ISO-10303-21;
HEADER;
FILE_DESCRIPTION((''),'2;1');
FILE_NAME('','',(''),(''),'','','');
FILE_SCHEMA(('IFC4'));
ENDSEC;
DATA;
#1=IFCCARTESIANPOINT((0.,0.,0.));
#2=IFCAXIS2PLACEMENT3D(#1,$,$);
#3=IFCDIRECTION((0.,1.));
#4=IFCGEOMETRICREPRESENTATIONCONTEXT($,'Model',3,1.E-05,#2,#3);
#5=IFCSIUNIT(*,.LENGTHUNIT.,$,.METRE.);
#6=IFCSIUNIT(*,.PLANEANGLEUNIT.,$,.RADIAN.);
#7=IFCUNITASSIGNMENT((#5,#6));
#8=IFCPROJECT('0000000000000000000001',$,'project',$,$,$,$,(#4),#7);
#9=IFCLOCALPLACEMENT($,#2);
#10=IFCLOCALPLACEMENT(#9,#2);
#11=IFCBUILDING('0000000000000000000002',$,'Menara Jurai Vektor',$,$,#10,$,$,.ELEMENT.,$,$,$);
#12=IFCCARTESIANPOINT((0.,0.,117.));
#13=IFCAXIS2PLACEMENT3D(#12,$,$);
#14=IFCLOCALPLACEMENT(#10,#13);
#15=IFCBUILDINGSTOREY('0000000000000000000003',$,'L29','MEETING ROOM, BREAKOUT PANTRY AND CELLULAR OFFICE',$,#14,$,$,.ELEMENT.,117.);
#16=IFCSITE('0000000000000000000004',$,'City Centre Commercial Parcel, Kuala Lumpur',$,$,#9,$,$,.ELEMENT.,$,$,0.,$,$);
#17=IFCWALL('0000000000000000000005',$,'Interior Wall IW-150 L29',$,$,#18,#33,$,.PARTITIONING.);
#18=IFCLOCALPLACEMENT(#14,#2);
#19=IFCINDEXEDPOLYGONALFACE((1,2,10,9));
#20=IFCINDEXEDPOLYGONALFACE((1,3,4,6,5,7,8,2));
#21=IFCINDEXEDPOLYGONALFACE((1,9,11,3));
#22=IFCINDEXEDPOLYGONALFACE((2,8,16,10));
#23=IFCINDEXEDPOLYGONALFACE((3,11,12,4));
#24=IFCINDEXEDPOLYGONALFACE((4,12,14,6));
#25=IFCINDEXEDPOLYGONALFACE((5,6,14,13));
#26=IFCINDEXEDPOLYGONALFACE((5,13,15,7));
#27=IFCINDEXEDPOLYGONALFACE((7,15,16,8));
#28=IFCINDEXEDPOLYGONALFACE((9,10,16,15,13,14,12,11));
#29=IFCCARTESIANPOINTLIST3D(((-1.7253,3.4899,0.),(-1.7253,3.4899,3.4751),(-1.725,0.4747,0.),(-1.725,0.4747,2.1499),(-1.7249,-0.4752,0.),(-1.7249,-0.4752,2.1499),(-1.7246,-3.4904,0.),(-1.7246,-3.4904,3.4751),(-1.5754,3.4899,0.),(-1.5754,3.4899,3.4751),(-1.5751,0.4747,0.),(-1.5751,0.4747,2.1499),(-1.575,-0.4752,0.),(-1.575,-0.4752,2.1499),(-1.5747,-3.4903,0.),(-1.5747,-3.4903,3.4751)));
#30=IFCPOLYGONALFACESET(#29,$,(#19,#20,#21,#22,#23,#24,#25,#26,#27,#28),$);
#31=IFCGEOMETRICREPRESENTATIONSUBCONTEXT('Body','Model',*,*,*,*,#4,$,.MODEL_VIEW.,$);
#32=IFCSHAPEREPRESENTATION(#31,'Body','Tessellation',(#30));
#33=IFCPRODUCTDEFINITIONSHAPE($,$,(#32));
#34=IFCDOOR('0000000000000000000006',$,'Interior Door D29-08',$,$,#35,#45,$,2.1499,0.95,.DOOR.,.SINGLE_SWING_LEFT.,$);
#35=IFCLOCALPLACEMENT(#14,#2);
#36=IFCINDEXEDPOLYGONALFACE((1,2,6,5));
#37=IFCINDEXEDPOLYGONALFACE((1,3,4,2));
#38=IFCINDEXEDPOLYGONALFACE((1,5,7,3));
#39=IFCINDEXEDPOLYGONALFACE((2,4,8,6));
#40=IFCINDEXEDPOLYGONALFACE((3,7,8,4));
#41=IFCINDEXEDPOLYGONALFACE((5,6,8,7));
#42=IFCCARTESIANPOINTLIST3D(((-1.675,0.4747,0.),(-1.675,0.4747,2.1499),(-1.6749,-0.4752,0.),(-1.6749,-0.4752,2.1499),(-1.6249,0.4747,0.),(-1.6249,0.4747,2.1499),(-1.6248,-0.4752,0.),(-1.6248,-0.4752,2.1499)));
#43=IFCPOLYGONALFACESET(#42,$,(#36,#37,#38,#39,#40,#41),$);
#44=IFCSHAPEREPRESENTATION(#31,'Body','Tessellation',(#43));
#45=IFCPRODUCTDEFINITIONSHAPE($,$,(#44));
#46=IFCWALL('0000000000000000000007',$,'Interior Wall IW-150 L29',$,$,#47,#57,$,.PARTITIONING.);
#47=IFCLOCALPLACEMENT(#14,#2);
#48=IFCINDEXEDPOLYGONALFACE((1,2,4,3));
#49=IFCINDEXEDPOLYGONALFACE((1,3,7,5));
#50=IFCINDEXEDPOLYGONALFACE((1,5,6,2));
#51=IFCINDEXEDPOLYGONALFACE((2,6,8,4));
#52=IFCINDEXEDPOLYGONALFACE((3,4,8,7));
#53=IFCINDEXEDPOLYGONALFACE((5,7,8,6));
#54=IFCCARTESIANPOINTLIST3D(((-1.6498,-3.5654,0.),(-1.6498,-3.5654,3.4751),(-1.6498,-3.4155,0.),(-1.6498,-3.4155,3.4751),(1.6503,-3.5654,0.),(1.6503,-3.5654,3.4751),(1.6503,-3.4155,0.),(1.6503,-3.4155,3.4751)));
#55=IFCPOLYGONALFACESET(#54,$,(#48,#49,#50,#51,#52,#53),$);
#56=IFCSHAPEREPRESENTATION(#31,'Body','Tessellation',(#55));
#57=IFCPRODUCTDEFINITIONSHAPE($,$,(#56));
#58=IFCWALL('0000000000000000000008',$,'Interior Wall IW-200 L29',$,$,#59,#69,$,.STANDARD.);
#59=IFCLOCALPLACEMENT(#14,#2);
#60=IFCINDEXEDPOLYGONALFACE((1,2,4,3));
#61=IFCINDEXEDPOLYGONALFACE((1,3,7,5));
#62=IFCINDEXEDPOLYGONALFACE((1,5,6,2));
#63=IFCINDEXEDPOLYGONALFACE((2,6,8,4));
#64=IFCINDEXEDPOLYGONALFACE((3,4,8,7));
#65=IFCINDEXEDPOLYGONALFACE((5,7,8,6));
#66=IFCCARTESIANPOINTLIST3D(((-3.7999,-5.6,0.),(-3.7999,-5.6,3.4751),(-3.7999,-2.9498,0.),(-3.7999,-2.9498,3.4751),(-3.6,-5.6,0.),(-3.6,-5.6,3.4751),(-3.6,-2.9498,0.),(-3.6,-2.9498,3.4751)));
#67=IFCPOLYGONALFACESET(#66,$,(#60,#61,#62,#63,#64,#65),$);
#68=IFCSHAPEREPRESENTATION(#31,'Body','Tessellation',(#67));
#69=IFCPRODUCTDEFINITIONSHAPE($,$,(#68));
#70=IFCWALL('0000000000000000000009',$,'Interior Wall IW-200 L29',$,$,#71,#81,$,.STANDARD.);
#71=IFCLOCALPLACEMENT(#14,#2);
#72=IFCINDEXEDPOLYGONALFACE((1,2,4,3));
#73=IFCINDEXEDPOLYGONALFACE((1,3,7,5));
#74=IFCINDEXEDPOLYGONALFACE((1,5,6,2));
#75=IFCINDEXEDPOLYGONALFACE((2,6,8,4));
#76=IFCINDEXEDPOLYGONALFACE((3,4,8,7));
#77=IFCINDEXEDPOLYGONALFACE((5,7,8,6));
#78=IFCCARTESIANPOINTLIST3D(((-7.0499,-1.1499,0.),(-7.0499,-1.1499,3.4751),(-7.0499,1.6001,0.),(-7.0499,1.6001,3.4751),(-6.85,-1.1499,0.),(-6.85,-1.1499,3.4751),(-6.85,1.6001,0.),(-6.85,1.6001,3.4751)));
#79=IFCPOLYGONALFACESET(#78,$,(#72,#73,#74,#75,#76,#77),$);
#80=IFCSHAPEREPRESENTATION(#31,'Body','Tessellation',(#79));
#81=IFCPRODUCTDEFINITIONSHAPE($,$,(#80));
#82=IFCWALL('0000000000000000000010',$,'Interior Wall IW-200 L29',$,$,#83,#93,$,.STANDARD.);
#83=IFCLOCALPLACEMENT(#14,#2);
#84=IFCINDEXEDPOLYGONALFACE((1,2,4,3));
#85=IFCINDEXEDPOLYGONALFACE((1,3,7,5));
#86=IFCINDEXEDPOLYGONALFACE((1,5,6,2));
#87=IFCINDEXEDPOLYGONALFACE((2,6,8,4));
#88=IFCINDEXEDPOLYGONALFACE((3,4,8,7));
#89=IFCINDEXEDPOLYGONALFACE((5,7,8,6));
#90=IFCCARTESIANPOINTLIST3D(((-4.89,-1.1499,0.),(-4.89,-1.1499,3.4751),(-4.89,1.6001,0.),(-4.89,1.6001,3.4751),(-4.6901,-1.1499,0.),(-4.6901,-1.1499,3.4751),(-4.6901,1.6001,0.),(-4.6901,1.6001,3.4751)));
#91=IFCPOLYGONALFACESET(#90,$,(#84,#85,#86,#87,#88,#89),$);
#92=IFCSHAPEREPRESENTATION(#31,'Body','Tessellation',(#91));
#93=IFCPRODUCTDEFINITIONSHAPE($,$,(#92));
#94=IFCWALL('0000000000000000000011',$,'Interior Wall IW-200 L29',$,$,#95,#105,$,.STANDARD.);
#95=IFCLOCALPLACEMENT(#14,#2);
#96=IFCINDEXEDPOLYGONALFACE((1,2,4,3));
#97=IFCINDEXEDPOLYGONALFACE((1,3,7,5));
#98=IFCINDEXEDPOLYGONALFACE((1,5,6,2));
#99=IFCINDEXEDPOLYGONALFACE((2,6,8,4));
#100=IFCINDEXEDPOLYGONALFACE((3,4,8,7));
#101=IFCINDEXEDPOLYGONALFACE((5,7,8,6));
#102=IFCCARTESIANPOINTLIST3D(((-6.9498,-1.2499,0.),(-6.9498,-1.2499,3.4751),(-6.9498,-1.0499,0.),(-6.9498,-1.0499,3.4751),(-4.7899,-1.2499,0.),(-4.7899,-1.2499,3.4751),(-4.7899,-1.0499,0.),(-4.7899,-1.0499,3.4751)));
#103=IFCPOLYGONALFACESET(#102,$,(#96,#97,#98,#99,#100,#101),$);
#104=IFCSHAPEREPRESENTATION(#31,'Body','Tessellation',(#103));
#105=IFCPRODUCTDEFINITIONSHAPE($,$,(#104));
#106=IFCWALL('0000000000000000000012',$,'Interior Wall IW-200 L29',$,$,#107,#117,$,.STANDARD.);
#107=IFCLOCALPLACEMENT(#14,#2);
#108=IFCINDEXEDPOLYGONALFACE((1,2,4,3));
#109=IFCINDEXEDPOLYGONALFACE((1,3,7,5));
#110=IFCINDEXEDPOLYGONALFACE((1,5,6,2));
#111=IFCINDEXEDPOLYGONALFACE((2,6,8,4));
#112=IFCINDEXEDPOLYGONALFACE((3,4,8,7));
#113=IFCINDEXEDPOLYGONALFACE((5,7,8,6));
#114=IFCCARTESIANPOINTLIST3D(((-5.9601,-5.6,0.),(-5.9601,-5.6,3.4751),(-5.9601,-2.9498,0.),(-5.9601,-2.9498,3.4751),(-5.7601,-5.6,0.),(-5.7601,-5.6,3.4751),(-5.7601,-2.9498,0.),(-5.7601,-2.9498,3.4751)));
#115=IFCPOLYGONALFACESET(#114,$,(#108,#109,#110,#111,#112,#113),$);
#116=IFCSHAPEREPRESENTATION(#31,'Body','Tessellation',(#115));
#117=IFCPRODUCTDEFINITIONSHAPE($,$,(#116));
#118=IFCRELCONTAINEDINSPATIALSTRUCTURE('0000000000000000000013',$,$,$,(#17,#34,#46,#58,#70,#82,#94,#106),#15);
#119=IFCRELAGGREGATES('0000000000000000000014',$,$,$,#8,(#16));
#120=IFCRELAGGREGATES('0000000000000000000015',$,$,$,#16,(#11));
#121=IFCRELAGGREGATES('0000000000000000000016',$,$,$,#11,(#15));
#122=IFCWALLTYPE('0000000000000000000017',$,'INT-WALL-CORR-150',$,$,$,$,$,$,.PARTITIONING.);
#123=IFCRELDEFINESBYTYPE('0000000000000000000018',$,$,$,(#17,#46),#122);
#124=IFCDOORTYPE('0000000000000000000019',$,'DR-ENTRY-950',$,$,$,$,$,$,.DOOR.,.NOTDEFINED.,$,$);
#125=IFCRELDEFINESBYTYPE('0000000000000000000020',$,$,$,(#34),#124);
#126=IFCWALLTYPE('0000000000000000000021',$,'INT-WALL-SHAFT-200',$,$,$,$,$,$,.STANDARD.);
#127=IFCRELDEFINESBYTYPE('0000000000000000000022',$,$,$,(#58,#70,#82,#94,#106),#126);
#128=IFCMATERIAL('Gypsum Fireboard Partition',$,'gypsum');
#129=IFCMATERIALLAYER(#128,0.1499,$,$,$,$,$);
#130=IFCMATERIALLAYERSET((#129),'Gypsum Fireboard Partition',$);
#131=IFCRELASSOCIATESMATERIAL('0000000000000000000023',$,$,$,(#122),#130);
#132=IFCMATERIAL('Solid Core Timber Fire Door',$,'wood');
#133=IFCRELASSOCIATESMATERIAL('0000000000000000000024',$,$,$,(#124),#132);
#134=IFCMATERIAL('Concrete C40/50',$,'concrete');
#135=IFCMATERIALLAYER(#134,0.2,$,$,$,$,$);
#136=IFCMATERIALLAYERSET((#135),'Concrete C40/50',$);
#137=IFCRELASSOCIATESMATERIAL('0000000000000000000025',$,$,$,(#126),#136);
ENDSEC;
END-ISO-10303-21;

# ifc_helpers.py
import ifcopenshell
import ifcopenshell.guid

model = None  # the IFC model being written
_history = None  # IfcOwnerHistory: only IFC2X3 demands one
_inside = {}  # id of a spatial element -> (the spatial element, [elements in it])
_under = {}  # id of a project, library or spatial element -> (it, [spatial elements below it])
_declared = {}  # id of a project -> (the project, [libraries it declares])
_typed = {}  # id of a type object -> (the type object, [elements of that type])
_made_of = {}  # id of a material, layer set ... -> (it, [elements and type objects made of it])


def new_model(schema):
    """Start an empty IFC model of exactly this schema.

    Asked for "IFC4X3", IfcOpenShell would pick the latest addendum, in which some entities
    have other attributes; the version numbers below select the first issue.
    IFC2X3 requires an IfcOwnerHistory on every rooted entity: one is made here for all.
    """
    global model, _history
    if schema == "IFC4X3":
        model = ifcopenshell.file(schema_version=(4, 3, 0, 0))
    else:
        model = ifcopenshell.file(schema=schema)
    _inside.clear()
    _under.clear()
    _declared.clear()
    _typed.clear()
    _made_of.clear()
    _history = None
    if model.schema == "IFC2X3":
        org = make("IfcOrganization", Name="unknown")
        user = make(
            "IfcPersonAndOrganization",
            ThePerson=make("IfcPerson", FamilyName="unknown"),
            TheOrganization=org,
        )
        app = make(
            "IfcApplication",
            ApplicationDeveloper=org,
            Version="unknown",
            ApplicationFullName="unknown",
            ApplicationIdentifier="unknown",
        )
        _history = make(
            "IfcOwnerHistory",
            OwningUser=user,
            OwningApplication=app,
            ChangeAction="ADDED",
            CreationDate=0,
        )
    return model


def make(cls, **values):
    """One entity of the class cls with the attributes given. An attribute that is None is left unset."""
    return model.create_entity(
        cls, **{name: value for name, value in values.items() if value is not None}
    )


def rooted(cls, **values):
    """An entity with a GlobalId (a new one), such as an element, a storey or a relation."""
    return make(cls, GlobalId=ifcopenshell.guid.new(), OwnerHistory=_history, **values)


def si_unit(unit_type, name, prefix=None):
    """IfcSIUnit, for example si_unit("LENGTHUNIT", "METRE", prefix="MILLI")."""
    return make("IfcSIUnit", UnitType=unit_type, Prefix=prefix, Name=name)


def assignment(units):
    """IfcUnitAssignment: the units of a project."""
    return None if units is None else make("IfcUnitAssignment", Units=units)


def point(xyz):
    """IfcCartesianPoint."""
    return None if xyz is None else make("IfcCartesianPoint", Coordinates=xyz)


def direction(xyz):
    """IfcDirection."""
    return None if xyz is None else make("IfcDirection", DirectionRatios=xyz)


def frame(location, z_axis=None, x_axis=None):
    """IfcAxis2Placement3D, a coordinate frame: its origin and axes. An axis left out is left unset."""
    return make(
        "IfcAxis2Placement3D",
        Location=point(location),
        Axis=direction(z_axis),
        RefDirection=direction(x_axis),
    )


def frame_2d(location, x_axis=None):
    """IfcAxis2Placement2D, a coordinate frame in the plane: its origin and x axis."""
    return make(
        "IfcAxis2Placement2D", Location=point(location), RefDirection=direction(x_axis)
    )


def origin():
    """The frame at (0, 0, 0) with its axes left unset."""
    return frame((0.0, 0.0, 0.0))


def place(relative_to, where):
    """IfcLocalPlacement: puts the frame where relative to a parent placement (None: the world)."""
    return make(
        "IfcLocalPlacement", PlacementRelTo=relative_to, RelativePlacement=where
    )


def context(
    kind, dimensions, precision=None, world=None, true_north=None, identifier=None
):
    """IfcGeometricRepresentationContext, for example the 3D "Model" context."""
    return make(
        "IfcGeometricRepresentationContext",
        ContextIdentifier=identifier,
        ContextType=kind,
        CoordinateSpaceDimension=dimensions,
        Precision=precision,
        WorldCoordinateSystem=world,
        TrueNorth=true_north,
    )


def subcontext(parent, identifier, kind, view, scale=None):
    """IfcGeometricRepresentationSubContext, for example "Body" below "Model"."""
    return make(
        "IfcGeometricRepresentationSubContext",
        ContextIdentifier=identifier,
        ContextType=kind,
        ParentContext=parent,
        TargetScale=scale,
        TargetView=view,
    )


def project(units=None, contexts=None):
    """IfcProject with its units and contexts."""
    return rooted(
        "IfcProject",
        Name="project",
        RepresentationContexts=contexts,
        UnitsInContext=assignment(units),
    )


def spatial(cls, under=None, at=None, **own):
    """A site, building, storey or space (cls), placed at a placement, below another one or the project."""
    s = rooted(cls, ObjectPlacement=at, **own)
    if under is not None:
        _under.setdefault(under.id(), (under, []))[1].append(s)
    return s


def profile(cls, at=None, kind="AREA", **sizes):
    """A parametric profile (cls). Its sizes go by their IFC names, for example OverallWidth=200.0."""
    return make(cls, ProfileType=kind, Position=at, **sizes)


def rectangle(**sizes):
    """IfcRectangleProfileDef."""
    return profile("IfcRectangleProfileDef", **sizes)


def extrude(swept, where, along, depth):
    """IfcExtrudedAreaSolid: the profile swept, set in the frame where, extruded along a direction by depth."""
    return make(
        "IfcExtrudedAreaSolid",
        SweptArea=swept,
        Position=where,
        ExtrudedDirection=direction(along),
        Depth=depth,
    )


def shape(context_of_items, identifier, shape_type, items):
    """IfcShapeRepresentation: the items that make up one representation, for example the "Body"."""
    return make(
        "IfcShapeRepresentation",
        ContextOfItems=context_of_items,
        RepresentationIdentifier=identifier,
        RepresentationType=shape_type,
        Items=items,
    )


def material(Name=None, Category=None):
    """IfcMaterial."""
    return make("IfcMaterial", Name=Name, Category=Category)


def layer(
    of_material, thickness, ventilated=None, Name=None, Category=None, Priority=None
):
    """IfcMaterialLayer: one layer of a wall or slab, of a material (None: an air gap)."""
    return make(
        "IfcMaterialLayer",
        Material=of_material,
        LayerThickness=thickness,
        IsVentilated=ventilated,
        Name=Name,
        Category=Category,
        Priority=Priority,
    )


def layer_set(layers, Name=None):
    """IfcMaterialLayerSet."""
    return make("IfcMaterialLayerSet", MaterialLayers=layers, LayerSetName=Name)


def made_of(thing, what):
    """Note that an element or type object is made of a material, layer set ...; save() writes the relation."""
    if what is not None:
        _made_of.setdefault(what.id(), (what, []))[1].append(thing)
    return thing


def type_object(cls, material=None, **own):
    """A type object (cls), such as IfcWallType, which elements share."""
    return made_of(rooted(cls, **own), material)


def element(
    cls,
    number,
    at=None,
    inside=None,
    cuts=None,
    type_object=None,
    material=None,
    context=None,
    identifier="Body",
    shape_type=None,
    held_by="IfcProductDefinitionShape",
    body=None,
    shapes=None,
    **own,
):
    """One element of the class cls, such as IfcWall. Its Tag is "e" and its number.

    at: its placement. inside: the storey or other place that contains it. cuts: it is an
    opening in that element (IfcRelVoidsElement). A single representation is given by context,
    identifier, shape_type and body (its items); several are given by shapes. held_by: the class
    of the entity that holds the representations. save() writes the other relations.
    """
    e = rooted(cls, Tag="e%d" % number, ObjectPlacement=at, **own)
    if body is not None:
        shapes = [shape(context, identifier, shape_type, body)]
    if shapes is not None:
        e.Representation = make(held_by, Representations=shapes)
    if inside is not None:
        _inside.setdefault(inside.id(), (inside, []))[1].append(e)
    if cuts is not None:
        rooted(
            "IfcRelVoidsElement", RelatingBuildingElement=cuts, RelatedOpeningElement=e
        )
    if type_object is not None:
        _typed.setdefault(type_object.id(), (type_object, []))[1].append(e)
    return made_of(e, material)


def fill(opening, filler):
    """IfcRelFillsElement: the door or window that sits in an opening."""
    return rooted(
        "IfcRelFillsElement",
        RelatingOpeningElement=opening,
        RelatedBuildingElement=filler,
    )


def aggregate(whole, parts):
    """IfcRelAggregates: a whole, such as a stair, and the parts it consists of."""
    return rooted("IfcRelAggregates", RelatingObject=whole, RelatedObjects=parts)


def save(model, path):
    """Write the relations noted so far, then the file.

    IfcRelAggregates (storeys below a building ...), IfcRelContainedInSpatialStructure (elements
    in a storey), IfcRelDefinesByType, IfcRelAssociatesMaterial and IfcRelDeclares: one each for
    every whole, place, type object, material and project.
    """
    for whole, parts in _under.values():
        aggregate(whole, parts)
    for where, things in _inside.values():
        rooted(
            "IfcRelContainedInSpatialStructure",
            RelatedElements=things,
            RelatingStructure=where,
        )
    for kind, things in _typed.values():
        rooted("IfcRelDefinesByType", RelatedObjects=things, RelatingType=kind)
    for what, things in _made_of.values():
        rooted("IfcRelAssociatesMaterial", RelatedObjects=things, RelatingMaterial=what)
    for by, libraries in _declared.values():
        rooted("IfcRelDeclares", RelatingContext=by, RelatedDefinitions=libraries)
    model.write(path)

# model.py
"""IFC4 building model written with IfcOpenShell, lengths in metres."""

from ifc_helpers import new_model, si_unit, direction, frame, frame_2d, origin, place, context, subcontext, project, spatial, rectangle, extrude, material, layer, layer_set, type_object, element, fill, save


model = new_model("IFC4")

# Units and contexts
model_context = context("Model", 3, precision=1e-05, world=origin(), true_north=direction((0.0, 1.0)))
body_context = subcontext(model_context, "Body", "Model", "MODEL_VIEW")
ifc_project = project(units=[si_unit("LENGTHUNIT", "METRE"), si_unit("PLANEANGLEUNIT", "RADIAN")], contexts=[model_context])

# Site, building, storey
site_placement = place(None, origin())
site = spatial("IfcSite", under=ifc_project, at=site_placement, Name="City Centre Commercial Parcel, Kuala Lumpur", CompositionType="ELEMENT", RefElevation=0.0)
building_placement = place(site_placement, origin())
building = spatial("IfcBuilding", under=site, at=building_placement, Name="Menara Jurai Vektor", CompositionType="ELEMENT")
storey_placement = place(building_placement, frame((0.0, 0.0, 117.0)))
storey = spatial("IfcBuildingStorey", under=building, at=storey_placement, Name="L29", Description="MEETING ROOM, BREAKOUT PANTRY AND CELLULAR OFFICE", CompositionType="ELEMENT", Elevation=117.0)

# Shared definitions
ifc_material_1 = material(Name="Concrete C40/50", Category="concrete")

# Shared definitions
ifc_material_2 = material(Name="Gypsum Fireboard Partition", Category="gypsum")
ifc_layer_1 = layer(ifc_material_2, 0.1499)
ifc_layer_set_1 = layer_set([ifc_layer_1], Name="Gypsum Fireboard Partition")
wall_type_1 = type_object("IfcWallType", Name="INT-WALL-CORR-150", PredefinedType="PARTITIONING", material=ifc_layer_set_1)

# Wall, opening, door
wall_1_placement = place(storey_placement, frame((-1.6497, -3.4905, 0.0), z_axis=(0.0, 0.0, 1.0), x_axis=(-0.000105, 1.0, 0.0)))
wall_1 = element("IfcWall", 1, at=wall_1_placement, inside=storey, type_object=wall_type_1, Name="Interior Wall IW-150 L29", PredefinedType="PARTITIONING", context=body_context, shape_type="SweptSolid", body=[
    extrude(rectangle(XDim=6.9802, YDim=0.1499, at=frame_2d((3.4902, 0.0))), origin(), (0.0, 0.0, 1.0), 3.4751),
])
opening_1_placement = place(wall_1_placement, frame((3.0151, 0.0, 0.0)))
opening_1 = element("IfcOpeningElement", 2, at=opening_1_placement, cuts=wall_1, PredefinedType="OPENING", context=body_context, shape_type="SweptSolid", body=[
    extrude(rectangle(XDim=0.95, YDim=2.1499, at=frame_2d((0.4751, 1.075))), frame((0.0, 0.085, 0.0), z_axis=(0.0, -1.0, 0.0), x_axis=(1.0, 0.0, 0.0)), (0.0, 0.0, 1.0), 0.1699),
])
ifc_material_3 = material(Name="Solid Core Timber Fire Door", Category="wood")
door_type_1 = type_object("IfcDoorType", Name="DR-ENTRY-950", OperationType="NOTDEFINED", PredefinedType="DOOR", material=ifc_material_3)
door_1_placement = place(opening_1_placement, origin())
door_1 = element("IfcDoor", 3, at=door_1_placement, inside=storey, type_object=door_type_1, Name="Interior Door D29-08", OperationType="SINGLE_SWING_LEFT", OverallHeight=2.1499, OverallWidth=0.95, PredefinedType="DOOR", context=body_context, shape_type="SweptSolid", body=[
    extrude(rectangle(XDim=0.95, YDim=2.1499, at=frame_2d((0.4751, 1.075))), frame((0.0, 0.0249, 0.0), z_axis=(0.0, -1.0, 0.0), x_axis=(1.0, 0.0, 0.0)), (0.0, 0.0, 1.0), 0.05),
])
fill(opening_1, door_1)

# Wall
wall_2_placement = place(storey_placement, frame((-1.6497, -3.4905, 0.0), z_axis=(0.0, 0.0, 1.0), x_axis=(1.0, 0.0, 0.0)))
element("IfcWall", 4, at=wall_2_placement, inside=storey, type_object=wall_type_1, Name="Interior Wall IW-150 L29", PredefinedType="PARTITIONING", context=body_context, shape_type="SweptSolid", body=[
    extrude(rectangle(XDim=3.3, YDim=0.1499, at=frame_2d((1.6499, 0.0))), origin(), (0.0, 0.0, 1.0), 3.4751),
])

# Shared definitions
ifc_layer_2 = layer(ifc_material_1, 0.2)
ifc_layer_set_2 = layer_set([ifc_layer_2], Name="Concrete C40/50")
wall_type_2 = type_object("IfcWallType", Name="INT-WALL-SHAFT-200", PredefinedType="STANDARD", material=ifc_layer_set_2)

# Walls
wall_3_placement = place(storey_placement, frame((-3.7, -5.6001, 0.0), z_axis=(0.0, 0.0, 1.0), x_axis=(0.0, 1.0, 0.0)))
element("IfcWall", 5, at=wall_3_placement, inside=storey, type_object=wall_type_2, Name="Interior Wall IW-200 L29", PredefinedType="STANDARD", context=body_context, shape_type="SweptSolid", body=[
    extrude(rectangle(XDim=2.6501, YDim=0.2, at=frame_2d((1.3252, 0.0))), origin(), (0.0, 0.0, 1.0), 3.4751),
])
for number, where, z_axis, x_axis, name in (
    (6, (-6.95, -1.1499, 0.0), (0.0, 0.0, 1.0), (0.0, 1.0, 0.0), "Interior Wall IW-200 L29"),
    (7, (-4.79, -1.1499, 0.0), (0.0, 0.0, 1.0), (0.0, 1.0, 0.0), "Interior Wall IW-200 L29"),
):
    element("IfcWall", number, at=place(storey_placement, frame(where, z_axis=z_axis, x_axis=x_axis)), inside=storey, type_object=wall_type_2, Name=name, PredefinedType="STANDARD", context=body_context, shape_type="SweptSolid", body=[
        extrude(rectangle(XDim=2.75, YDim=0.2, at=frame_2d((1.375, 0.0))), origin(), (0.0, 0.0, 1.0), 3.4751),
    ])
wall_4_placement = place(storey_placement, frame((-6.95, -1.1499, 0.0), z_axis=(0.0, 0.0, 1.0), x_axis=(1.0, 0.0, 0.0)))
element("IfcWall", 8, at=wall_4_placement, inside=storey, type_object=wall_type_2, Name="Interior Wall IW-200 L29", PredefinedType="STANDARD", context=body_context, shape_type="SweptSolid", body=[
    extrude(rectangle(XDim=2.1599, YDim=0.2, at=frame_2d((1.0801, 0.0))), origin(), (0.0, 0.0, 1.0), 3.4751),
])
wall_5_placement = place(storey_placement, frame((-5.8601, -5.6001, 0.0), z_axis=(0.0, 0.0, 1.0), x_axis=(0.0, 1.0, 0.0)))
element("IfcWall", 9, at=wall_5_placement, inside=storey, type_object=wall_type_2, Name="Interior Wall IW-200 L29", PredefinedType="STANDARD", context=body_context, shape_type="SweptSolid", body=[
    extrude(rectangle(XDim=2.6501, YDim=0.2, at=frame_2d((1.3252, 0.0))), origin(), (0.0, 0.0, 1.0), 3.4751),
])

save(model, "model.ifc")
